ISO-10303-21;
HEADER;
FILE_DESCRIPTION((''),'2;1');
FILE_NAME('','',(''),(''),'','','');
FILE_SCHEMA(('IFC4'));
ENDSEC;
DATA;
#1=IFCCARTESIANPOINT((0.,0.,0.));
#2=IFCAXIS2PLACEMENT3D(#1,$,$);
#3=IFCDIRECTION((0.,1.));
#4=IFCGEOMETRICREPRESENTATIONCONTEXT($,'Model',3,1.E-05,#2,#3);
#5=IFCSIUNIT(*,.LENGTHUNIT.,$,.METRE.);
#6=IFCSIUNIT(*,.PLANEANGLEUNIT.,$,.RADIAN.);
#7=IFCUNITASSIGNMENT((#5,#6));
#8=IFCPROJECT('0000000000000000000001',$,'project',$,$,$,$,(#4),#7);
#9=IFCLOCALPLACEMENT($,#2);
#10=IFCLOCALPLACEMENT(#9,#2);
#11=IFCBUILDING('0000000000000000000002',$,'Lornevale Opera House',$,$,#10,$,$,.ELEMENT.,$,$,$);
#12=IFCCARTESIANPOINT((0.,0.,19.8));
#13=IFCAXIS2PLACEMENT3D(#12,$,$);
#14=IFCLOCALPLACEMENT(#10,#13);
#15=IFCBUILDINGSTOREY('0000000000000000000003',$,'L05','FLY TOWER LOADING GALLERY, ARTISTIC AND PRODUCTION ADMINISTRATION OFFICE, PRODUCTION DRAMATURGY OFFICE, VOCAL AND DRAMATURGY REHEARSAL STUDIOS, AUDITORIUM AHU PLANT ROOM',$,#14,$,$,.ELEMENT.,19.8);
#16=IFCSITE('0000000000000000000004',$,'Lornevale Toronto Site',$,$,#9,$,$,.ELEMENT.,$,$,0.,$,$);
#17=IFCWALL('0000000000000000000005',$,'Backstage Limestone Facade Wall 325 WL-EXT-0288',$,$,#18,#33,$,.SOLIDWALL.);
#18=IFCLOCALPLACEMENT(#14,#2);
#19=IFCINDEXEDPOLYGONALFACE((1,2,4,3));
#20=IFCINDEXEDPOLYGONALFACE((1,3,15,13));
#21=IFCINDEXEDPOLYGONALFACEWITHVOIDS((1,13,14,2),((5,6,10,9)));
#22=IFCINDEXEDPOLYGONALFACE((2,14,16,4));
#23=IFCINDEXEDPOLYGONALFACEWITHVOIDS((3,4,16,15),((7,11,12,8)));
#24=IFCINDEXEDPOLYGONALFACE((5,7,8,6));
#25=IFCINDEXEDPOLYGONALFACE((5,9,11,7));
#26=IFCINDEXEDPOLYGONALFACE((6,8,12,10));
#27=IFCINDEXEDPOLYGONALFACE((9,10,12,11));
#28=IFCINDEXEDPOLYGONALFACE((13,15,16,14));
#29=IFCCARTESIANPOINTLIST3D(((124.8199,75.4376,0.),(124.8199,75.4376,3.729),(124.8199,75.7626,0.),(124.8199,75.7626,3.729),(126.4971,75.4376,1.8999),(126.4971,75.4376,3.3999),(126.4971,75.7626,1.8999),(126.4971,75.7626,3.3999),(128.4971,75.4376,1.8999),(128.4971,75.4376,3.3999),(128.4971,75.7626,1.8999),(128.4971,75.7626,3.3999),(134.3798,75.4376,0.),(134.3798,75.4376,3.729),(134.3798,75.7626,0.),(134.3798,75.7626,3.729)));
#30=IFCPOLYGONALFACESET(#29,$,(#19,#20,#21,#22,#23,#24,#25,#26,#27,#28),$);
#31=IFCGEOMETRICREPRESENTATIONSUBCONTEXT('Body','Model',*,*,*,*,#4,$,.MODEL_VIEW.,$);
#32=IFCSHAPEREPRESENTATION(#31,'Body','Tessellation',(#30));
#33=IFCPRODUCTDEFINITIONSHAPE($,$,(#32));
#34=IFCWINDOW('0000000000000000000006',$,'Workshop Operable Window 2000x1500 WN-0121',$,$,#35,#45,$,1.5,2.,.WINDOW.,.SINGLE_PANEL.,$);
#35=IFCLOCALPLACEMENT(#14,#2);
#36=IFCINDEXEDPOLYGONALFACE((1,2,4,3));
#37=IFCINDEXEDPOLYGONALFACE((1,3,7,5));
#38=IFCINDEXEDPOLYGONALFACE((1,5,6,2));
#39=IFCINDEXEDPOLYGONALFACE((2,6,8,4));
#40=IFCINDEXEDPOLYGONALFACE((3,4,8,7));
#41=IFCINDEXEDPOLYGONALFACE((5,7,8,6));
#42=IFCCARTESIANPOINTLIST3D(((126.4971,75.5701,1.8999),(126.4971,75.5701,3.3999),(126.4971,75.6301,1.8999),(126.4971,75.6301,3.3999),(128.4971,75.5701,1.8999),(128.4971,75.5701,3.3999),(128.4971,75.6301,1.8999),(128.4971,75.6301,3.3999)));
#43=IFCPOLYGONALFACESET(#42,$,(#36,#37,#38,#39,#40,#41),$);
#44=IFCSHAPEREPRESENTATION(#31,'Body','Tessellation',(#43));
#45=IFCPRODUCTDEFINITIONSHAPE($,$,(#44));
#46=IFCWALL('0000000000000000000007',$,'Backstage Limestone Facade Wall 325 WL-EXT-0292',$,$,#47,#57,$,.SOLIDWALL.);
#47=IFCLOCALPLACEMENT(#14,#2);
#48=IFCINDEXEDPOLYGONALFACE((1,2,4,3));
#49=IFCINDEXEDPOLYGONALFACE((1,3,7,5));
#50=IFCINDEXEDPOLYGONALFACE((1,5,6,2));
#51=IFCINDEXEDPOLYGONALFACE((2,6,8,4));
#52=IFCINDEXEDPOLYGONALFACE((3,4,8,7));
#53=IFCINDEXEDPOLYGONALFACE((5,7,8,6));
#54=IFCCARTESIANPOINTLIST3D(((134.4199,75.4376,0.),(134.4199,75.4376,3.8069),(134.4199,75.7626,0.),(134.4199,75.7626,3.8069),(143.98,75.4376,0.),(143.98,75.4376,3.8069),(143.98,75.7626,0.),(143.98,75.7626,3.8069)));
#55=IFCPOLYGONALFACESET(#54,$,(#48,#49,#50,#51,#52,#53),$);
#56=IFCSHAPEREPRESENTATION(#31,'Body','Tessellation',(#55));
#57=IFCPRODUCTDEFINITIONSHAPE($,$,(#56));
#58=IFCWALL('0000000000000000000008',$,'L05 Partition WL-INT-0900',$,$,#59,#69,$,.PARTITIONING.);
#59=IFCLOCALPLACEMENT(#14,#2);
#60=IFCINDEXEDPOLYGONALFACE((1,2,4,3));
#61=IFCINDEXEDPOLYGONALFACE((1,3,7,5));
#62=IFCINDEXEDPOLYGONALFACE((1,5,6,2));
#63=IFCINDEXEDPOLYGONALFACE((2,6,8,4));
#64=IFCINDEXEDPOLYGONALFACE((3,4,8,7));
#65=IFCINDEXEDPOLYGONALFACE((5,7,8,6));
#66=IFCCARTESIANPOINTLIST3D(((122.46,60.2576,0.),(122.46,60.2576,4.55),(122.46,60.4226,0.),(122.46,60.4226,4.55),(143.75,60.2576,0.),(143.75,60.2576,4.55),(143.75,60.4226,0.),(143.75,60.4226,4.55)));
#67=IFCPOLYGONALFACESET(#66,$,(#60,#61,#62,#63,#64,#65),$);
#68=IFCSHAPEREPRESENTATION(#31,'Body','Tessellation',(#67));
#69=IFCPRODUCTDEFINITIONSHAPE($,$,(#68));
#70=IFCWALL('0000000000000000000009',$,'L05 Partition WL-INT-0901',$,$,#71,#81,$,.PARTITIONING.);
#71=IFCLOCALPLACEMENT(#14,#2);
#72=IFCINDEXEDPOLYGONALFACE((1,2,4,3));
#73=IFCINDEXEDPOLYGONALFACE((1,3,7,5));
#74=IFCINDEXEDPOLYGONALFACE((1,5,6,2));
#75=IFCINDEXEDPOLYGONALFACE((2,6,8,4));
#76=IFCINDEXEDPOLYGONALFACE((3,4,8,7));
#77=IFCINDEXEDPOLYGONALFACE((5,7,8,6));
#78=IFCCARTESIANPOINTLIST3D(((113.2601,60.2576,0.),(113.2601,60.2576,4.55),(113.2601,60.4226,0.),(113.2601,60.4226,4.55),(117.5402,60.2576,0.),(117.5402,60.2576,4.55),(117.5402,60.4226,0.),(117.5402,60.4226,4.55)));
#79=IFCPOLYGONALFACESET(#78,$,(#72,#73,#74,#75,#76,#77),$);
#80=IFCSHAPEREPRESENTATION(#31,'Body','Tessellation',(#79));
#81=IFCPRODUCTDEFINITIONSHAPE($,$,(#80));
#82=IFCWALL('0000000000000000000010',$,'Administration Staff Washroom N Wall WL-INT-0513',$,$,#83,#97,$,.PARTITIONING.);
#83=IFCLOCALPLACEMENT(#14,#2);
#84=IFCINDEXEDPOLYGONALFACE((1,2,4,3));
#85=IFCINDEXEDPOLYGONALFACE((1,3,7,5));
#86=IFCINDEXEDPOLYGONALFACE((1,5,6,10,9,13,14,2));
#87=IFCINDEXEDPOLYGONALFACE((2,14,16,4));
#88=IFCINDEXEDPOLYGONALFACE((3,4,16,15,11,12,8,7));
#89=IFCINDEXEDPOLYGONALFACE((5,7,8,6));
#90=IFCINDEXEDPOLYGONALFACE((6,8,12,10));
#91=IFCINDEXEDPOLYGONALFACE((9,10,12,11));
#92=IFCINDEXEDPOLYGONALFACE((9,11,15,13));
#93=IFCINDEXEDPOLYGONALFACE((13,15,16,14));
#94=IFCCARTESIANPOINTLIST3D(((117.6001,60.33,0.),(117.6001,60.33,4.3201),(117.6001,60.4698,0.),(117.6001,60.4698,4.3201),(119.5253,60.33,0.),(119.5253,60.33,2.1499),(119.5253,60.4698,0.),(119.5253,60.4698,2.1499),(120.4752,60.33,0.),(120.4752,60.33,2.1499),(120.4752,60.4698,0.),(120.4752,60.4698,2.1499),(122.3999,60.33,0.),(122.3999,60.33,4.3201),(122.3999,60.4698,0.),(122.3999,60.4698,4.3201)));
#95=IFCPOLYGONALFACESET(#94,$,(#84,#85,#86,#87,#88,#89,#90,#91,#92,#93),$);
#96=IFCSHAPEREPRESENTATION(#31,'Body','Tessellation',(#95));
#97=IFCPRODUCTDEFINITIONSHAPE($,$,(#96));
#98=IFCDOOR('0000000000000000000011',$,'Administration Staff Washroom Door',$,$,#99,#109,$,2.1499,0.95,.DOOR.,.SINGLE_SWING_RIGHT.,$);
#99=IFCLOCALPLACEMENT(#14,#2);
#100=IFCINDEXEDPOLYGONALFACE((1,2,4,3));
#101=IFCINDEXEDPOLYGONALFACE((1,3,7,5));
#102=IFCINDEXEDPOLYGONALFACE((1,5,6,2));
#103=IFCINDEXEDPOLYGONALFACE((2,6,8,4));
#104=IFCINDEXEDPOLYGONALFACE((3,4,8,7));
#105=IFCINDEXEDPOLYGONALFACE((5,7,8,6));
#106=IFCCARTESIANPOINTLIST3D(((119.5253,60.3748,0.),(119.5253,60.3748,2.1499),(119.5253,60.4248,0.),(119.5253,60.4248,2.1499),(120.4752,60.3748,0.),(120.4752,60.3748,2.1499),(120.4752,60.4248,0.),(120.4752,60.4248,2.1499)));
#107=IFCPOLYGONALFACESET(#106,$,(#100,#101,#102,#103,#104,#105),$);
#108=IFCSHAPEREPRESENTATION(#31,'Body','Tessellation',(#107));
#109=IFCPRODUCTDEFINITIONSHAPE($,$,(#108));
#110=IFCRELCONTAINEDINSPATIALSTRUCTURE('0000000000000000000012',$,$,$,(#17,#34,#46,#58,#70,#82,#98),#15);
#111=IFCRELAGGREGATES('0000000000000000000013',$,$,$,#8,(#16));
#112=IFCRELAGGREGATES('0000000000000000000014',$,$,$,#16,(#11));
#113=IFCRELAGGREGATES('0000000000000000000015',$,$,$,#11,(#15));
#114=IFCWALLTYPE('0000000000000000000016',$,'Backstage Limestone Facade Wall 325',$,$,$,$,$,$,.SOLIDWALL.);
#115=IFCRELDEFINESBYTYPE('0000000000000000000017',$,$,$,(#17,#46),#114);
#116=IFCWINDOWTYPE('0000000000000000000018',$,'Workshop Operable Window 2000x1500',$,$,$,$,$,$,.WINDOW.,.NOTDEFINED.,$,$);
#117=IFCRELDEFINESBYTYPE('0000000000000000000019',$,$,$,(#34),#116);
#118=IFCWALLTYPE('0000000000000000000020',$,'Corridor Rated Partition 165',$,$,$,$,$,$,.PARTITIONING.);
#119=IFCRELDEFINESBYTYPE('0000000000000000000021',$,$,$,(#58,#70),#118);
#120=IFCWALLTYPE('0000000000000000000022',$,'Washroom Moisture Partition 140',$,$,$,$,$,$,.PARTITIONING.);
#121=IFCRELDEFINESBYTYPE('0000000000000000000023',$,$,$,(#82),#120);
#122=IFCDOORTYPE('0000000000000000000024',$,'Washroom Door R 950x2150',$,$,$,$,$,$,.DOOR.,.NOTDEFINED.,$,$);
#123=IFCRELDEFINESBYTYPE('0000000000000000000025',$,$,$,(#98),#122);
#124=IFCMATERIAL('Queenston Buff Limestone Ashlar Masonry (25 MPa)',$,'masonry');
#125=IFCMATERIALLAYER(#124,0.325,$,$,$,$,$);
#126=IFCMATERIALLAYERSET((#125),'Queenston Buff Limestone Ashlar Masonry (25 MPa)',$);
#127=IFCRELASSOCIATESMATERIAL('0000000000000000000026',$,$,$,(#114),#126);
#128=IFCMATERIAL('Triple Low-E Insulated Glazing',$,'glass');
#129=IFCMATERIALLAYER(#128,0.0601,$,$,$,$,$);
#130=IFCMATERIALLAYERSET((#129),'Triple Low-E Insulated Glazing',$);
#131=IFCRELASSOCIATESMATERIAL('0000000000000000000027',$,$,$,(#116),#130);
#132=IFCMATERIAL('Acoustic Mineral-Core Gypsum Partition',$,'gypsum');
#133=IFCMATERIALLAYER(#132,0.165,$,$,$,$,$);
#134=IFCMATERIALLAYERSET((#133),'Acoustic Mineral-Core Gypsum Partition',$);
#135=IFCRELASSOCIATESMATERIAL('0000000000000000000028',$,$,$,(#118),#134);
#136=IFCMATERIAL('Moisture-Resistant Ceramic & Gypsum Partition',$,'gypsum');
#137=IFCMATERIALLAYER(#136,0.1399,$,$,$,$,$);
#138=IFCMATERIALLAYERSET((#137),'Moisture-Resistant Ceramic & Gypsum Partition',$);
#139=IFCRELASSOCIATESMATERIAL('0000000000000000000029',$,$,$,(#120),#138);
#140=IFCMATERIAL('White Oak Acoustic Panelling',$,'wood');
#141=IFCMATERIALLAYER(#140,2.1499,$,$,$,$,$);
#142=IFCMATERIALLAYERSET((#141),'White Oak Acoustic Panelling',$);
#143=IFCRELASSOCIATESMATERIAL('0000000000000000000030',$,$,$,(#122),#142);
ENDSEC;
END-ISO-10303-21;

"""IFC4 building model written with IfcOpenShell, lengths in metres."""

from ifc_helpers import new_model, si_unit, direction, frame, frame_2d, origin, place, context, subcontext, project, spatial, rectangle, extrude, material, layer, layer_set, type_object, element, fill, save


model = new_model("IFC4")

# Units and contexts
model_context = context("Model", 3, precision=1e-05, world=origin(), true_north=direction((0.0, 1.0)))
body_context = subcontext(model_context, "Body", "Model", "MODEL_VIEW")
ifc_project = project(units=[si_unit("LENGTHUNIT", "METRE"), si_unit("PLANEANGLEUNIT", "RADIAN")], contexts=[model_context])

# Site, building, storey
site_placement = place(None, origin())
site = spatial("IfcSite", under=ifc_project, at=site_placement, Name="Lornevale Toronto Site", CompositionType="ELEMENT", RefElevation=0.0)
building_placement = place(site_placement, origin())
building = spatial("IfcBuilding", under=site, at=building_placement, Name="Lornevale Opera House", CompositionType="ELEMENT")
storey_placement = place(building_placement, frame((0.0, 0.0, 19.8)))
storey = spatial("IfcBuildingStorey", under=building, at=storey_placement, Name="L05", Description="FLY TOWER LOADING GALLERY, ARTISTIC AND PRODUCTION ADMINISTRATION OFFICE, PRODUCTION DRAMATURGY OFFICE, VOCAL AND DRAMATURGY REHEARSAL STUDIOS, AUDITORIUM AHU PLANT ROOM", CompositionType="ELEMENT", Elevation=19.8)

# Shared definitions
ifc_material_1 = material(Name="Queenston Buff Limestone Ashlar Masonry (25 MPa)", Category="masonry")
ifc_layer_1 = layer(ifc_material_1, 0.325)
ifc_layer_set_1 = layer_set([ifc_layer_1], Name="Queenston Buff Limestone Ashlar Masonry (25 MPa)")
wall_type_1 = type_object("IfcWallType", Name="Backstage Limestone Facade Wall 325", PredefinedType="SOLIDWALL", material=ifc_layer_set_1)
ifc_material_2 = material(Name="Triple Low-E Insulated Glazing", Category="glass")

# Wall, opening, window
wall_1_placement = place(storey_placement, frame((124.8201, 75.6001, 0.0), z_axis=(0.0, 0.0, 1.0), x_axis=(1.0, 0.0, 0.0)))
wall_1 = element("IfcWall", 1, at=wall_1_placement, inside=storey, type_object=wall_type_1, Name="Backstage Limestone Facade Wall 325 WL-EXT-0288", PredefinedType="SOLIDWALL", context=body_context, shape_type="SweptSolid", body=[
    extrude(rectangle(XDim=9.5598, YDim=0.325, at=frame_2d((4.7798, 0.0))), origin(), (0.0, 0.0, 1.0), 3.729),
])
opening_1_placement = place(wall_1_placement, frame((1.677, 0.0, 1.8999)))
opening_1 = element("IfcOpeningElement", 2, at=opening_1_placement, cuts=wall_1, PredefinedType="OPENING", context=body_context, shape_type="SweptSolid", body=[
    extrude(rectangle(XDim=2.0, YDim=1.5, at=frame_2d((1.0, 0.75))), frame((0.0, 0.1724, 0.0), z_axis=(0.0, -1.0, 0.0), x_axis=(1.0, 0.0, 0.0)), (0.0, 0.0, 1.0), 0.345),
])
ifc_layer_2 = layer(ifc_material_2, 0.0601)
ifc_layer_set_2 = layer_set([ifc_layer_2], Name="Triple Low-E Insulated Glazing")
window_type_1 = type_object("IfcWindowType", Name="Workshop Operable Window 2000x1500", PartitioningType="NOTDEFINED", PredefinedType="WINDOW", material=ifc_layer_set_2)
window_1_placement = place(opening_1_placement, origin())
window_1 = element("IfcWindow", 3, at=window_1_placement, inside=storey, type_object=window_type_1, Name="Workshop Operable Window 2000x1500 WN-0121", OverallHeight=1.5, OverallWidth=2.0, PartitioningType="SINGLE_PANEL", PredefinedType="WINDOW", context=body_context, shape_type="SweptSolid", body=[
    extrude(rectangle(XDim=2.0, YDim=1.5, at=frame_2d((1.0, 0.75))), frame((0.0, 0.03, 0.0), z_axis=(0.0, -1.0, 0.0), x_axis=(1.0, 0.0, 0.0)), (0.0, 0.0, 1.0), 0.0601),
])
fill(opening_1, window_1)

# Walls
wall_2_placement = place(storey_placement, frame((134.4199, 75.6001, 0.0), z_axis=(0.0, 0.0, 1.0), x_axis=(1.0, 0.0, 0.0)))
element("IfcWall", 4, at=wall_2_placement, inside=storey, type_object=wall_type_1, Name="Backstage Limestone Facade Wall 325 WL-EXT-0292", PredefinedType="SOLIDWALL", context=body_context, shape_type="SweptSolid", body=[
    extrude(rectangle(XDim=9.5601, YDim=0.325, at=frame_2d((4.78, 0.0))), origin(), (0.0, 0.0, 1.0), 3.8069),
])
ifc_material_3 = material(Name="Acoustic Mineral-Core Gypsum Partition", Category="gypsum")
ifc_layer_3 = layer(ifc_material_3, 0.165)
ifc_layer_set_3 = layer_set([ifc_layer_3], Name="Acoustic Mineral-Core Gypsum Partition")
wall_type_2 = type_object("IfcWallType", Name="Corridor Rated Partition 165", PredefinedType="PARTITIONING", material=ifc_layer_set_3)
wall_3_placement = place(storey_placement, frame((122.46, 60.3401, 0.0), z_axis=(0.0, 0.0, 1.0), x_axis=(1.0, 0.0, 0.0)))
element("IfcWall", 5, at=wall_3_placement, inside=storey, type_object=wall_type_2, Name="L05 Partition WL-INT-0900", PredefinedType="PARTITIONING", context=body_context, shape_type="SweptSolid", body=[
    extrude(rectangle(XDim=21.29, YDim=0.165, at=frame_2d((10.645, 0.0))), origin(), (0.0, 0.0, 1.0), 4.55),
])
wall_4_placement = place(storey_placement, frame((113.26, 60.3401, 0.0), z_axis=(0.0, 0.0, 1.0), x_axis=(1.0, 0.0, 0.0)))
element("IfcWall", 6, at=wall_4_placement, inside=storey, type_object=wall_type_2, Name="L05 Partition WL-INT-0901", PredefinedType="PARTITIONING", context=body_context, shape_type="SweptSolid", body=[
    extrude(rectangle(XDim=4.28, YDim=0.165, at=frame_2d((2.1401, 0.0))), origin(), (0.0, 0.0, 1.0), 4.55),
])

# Wall, opening, door
ifc_material_4 = material(Name="Moisture-Resistant Ceramic & Gypsum Partition", Category="gypsum")
ifc_layer_4 = layer(ifc_material_4, 0.1399)
ifc_layer_set_4 = layer_set([ifc_layer_4], Name="Moisture-Resistant Ceramic & Gypsum Partition")
wall_type_3 = type_object("IfcWallType", Name="Washroom Moisture Partition 140", PredefinedType="PARTITIONING", material=ifc_layer_set_4)
wall_5_placement = place(storey_placement, frame((117.6001, 60.3999, 0.0), z_axis=(0.0, 0.0, 1.0), x_axis=(1.0, 0.0, 0.0)))
wall_5 = element("IfcWall", 7, at=wall_5_placement, inside=storey, type_object=wall_type_3, Name="Administration Staff Washroom N Wall WL-INT-0513", PredefinedType="PARTITIONING", context=body_context, shape_type="SweptSolid", body=[
    extrude(rectangle(XDim=4.7998, YDim=0.1399, at=frame_2d((2.3999, 0.0))), origin(), (0.0, 0.0, 1.0), 4.3201),
])
opening_2_placement = place(wall_5_placement, frame((1.925, 0.0, 0.0)))
opening_2 = element("IfcOpeningElement", 8, at=opening_2_placement, cuts=wall_5, PredefinedType="OPENING", context=body_context, shape_type="SweptSolid", body=[
    extrude(rectangle(XDim=0.95, YDim=2.1499, at=frame_2d((0.4751, 1.075))), frame((0.0, 0.0798, 0.0), z_axis=(0.0, -1.0, 0.0), x_axis=(1.0, 0.0, 0.0)), (0.0, 0.0, 1.0), 0.1599),
])
ifc_material_5 = material(Name="White Oak Acoustic Panelling", Category="wood")
ifc_layer_5 = layer(ifc_material_5, 2.1499)
ifc_layer_set_5 = layer_set([ifc_layer_5], Name="White Oak Acoustic Panelling")
door_type = type_object("IfcDoorType", Name="Washroom Door R 950x2150", OperationType="NOTDEFINED", PredefinedType="DOOR", material=ifc_layer_set_5)
door_placement = place(opening_2_placement, origin())
door = element("IfcDoor", 9, at=door_placement, inside=storey, type_object=door_type, Name="Administration Staff Washroom Door", OperationType="SINGLE_SWING_RIGHT", OverallHeight=2.1499, OverallWidth=0.95, PredefinedType="DOOR", context=body_context, shape_type="SweptSolid", body=[
    extrude(rectangle(XDim=0.95, YDim=2.1499, at=frame_2d((0.4751, 1.075))), frame((0.0, 0.0249, 0.0), z_axis=(0.0, -1.0, 0.0), x_axis=(1.0, 0.0, 0.0)), (0.0, 0.0, 1.0), 0.05),
])
fill(opening_2, door)

save(model, "model.ifc")
